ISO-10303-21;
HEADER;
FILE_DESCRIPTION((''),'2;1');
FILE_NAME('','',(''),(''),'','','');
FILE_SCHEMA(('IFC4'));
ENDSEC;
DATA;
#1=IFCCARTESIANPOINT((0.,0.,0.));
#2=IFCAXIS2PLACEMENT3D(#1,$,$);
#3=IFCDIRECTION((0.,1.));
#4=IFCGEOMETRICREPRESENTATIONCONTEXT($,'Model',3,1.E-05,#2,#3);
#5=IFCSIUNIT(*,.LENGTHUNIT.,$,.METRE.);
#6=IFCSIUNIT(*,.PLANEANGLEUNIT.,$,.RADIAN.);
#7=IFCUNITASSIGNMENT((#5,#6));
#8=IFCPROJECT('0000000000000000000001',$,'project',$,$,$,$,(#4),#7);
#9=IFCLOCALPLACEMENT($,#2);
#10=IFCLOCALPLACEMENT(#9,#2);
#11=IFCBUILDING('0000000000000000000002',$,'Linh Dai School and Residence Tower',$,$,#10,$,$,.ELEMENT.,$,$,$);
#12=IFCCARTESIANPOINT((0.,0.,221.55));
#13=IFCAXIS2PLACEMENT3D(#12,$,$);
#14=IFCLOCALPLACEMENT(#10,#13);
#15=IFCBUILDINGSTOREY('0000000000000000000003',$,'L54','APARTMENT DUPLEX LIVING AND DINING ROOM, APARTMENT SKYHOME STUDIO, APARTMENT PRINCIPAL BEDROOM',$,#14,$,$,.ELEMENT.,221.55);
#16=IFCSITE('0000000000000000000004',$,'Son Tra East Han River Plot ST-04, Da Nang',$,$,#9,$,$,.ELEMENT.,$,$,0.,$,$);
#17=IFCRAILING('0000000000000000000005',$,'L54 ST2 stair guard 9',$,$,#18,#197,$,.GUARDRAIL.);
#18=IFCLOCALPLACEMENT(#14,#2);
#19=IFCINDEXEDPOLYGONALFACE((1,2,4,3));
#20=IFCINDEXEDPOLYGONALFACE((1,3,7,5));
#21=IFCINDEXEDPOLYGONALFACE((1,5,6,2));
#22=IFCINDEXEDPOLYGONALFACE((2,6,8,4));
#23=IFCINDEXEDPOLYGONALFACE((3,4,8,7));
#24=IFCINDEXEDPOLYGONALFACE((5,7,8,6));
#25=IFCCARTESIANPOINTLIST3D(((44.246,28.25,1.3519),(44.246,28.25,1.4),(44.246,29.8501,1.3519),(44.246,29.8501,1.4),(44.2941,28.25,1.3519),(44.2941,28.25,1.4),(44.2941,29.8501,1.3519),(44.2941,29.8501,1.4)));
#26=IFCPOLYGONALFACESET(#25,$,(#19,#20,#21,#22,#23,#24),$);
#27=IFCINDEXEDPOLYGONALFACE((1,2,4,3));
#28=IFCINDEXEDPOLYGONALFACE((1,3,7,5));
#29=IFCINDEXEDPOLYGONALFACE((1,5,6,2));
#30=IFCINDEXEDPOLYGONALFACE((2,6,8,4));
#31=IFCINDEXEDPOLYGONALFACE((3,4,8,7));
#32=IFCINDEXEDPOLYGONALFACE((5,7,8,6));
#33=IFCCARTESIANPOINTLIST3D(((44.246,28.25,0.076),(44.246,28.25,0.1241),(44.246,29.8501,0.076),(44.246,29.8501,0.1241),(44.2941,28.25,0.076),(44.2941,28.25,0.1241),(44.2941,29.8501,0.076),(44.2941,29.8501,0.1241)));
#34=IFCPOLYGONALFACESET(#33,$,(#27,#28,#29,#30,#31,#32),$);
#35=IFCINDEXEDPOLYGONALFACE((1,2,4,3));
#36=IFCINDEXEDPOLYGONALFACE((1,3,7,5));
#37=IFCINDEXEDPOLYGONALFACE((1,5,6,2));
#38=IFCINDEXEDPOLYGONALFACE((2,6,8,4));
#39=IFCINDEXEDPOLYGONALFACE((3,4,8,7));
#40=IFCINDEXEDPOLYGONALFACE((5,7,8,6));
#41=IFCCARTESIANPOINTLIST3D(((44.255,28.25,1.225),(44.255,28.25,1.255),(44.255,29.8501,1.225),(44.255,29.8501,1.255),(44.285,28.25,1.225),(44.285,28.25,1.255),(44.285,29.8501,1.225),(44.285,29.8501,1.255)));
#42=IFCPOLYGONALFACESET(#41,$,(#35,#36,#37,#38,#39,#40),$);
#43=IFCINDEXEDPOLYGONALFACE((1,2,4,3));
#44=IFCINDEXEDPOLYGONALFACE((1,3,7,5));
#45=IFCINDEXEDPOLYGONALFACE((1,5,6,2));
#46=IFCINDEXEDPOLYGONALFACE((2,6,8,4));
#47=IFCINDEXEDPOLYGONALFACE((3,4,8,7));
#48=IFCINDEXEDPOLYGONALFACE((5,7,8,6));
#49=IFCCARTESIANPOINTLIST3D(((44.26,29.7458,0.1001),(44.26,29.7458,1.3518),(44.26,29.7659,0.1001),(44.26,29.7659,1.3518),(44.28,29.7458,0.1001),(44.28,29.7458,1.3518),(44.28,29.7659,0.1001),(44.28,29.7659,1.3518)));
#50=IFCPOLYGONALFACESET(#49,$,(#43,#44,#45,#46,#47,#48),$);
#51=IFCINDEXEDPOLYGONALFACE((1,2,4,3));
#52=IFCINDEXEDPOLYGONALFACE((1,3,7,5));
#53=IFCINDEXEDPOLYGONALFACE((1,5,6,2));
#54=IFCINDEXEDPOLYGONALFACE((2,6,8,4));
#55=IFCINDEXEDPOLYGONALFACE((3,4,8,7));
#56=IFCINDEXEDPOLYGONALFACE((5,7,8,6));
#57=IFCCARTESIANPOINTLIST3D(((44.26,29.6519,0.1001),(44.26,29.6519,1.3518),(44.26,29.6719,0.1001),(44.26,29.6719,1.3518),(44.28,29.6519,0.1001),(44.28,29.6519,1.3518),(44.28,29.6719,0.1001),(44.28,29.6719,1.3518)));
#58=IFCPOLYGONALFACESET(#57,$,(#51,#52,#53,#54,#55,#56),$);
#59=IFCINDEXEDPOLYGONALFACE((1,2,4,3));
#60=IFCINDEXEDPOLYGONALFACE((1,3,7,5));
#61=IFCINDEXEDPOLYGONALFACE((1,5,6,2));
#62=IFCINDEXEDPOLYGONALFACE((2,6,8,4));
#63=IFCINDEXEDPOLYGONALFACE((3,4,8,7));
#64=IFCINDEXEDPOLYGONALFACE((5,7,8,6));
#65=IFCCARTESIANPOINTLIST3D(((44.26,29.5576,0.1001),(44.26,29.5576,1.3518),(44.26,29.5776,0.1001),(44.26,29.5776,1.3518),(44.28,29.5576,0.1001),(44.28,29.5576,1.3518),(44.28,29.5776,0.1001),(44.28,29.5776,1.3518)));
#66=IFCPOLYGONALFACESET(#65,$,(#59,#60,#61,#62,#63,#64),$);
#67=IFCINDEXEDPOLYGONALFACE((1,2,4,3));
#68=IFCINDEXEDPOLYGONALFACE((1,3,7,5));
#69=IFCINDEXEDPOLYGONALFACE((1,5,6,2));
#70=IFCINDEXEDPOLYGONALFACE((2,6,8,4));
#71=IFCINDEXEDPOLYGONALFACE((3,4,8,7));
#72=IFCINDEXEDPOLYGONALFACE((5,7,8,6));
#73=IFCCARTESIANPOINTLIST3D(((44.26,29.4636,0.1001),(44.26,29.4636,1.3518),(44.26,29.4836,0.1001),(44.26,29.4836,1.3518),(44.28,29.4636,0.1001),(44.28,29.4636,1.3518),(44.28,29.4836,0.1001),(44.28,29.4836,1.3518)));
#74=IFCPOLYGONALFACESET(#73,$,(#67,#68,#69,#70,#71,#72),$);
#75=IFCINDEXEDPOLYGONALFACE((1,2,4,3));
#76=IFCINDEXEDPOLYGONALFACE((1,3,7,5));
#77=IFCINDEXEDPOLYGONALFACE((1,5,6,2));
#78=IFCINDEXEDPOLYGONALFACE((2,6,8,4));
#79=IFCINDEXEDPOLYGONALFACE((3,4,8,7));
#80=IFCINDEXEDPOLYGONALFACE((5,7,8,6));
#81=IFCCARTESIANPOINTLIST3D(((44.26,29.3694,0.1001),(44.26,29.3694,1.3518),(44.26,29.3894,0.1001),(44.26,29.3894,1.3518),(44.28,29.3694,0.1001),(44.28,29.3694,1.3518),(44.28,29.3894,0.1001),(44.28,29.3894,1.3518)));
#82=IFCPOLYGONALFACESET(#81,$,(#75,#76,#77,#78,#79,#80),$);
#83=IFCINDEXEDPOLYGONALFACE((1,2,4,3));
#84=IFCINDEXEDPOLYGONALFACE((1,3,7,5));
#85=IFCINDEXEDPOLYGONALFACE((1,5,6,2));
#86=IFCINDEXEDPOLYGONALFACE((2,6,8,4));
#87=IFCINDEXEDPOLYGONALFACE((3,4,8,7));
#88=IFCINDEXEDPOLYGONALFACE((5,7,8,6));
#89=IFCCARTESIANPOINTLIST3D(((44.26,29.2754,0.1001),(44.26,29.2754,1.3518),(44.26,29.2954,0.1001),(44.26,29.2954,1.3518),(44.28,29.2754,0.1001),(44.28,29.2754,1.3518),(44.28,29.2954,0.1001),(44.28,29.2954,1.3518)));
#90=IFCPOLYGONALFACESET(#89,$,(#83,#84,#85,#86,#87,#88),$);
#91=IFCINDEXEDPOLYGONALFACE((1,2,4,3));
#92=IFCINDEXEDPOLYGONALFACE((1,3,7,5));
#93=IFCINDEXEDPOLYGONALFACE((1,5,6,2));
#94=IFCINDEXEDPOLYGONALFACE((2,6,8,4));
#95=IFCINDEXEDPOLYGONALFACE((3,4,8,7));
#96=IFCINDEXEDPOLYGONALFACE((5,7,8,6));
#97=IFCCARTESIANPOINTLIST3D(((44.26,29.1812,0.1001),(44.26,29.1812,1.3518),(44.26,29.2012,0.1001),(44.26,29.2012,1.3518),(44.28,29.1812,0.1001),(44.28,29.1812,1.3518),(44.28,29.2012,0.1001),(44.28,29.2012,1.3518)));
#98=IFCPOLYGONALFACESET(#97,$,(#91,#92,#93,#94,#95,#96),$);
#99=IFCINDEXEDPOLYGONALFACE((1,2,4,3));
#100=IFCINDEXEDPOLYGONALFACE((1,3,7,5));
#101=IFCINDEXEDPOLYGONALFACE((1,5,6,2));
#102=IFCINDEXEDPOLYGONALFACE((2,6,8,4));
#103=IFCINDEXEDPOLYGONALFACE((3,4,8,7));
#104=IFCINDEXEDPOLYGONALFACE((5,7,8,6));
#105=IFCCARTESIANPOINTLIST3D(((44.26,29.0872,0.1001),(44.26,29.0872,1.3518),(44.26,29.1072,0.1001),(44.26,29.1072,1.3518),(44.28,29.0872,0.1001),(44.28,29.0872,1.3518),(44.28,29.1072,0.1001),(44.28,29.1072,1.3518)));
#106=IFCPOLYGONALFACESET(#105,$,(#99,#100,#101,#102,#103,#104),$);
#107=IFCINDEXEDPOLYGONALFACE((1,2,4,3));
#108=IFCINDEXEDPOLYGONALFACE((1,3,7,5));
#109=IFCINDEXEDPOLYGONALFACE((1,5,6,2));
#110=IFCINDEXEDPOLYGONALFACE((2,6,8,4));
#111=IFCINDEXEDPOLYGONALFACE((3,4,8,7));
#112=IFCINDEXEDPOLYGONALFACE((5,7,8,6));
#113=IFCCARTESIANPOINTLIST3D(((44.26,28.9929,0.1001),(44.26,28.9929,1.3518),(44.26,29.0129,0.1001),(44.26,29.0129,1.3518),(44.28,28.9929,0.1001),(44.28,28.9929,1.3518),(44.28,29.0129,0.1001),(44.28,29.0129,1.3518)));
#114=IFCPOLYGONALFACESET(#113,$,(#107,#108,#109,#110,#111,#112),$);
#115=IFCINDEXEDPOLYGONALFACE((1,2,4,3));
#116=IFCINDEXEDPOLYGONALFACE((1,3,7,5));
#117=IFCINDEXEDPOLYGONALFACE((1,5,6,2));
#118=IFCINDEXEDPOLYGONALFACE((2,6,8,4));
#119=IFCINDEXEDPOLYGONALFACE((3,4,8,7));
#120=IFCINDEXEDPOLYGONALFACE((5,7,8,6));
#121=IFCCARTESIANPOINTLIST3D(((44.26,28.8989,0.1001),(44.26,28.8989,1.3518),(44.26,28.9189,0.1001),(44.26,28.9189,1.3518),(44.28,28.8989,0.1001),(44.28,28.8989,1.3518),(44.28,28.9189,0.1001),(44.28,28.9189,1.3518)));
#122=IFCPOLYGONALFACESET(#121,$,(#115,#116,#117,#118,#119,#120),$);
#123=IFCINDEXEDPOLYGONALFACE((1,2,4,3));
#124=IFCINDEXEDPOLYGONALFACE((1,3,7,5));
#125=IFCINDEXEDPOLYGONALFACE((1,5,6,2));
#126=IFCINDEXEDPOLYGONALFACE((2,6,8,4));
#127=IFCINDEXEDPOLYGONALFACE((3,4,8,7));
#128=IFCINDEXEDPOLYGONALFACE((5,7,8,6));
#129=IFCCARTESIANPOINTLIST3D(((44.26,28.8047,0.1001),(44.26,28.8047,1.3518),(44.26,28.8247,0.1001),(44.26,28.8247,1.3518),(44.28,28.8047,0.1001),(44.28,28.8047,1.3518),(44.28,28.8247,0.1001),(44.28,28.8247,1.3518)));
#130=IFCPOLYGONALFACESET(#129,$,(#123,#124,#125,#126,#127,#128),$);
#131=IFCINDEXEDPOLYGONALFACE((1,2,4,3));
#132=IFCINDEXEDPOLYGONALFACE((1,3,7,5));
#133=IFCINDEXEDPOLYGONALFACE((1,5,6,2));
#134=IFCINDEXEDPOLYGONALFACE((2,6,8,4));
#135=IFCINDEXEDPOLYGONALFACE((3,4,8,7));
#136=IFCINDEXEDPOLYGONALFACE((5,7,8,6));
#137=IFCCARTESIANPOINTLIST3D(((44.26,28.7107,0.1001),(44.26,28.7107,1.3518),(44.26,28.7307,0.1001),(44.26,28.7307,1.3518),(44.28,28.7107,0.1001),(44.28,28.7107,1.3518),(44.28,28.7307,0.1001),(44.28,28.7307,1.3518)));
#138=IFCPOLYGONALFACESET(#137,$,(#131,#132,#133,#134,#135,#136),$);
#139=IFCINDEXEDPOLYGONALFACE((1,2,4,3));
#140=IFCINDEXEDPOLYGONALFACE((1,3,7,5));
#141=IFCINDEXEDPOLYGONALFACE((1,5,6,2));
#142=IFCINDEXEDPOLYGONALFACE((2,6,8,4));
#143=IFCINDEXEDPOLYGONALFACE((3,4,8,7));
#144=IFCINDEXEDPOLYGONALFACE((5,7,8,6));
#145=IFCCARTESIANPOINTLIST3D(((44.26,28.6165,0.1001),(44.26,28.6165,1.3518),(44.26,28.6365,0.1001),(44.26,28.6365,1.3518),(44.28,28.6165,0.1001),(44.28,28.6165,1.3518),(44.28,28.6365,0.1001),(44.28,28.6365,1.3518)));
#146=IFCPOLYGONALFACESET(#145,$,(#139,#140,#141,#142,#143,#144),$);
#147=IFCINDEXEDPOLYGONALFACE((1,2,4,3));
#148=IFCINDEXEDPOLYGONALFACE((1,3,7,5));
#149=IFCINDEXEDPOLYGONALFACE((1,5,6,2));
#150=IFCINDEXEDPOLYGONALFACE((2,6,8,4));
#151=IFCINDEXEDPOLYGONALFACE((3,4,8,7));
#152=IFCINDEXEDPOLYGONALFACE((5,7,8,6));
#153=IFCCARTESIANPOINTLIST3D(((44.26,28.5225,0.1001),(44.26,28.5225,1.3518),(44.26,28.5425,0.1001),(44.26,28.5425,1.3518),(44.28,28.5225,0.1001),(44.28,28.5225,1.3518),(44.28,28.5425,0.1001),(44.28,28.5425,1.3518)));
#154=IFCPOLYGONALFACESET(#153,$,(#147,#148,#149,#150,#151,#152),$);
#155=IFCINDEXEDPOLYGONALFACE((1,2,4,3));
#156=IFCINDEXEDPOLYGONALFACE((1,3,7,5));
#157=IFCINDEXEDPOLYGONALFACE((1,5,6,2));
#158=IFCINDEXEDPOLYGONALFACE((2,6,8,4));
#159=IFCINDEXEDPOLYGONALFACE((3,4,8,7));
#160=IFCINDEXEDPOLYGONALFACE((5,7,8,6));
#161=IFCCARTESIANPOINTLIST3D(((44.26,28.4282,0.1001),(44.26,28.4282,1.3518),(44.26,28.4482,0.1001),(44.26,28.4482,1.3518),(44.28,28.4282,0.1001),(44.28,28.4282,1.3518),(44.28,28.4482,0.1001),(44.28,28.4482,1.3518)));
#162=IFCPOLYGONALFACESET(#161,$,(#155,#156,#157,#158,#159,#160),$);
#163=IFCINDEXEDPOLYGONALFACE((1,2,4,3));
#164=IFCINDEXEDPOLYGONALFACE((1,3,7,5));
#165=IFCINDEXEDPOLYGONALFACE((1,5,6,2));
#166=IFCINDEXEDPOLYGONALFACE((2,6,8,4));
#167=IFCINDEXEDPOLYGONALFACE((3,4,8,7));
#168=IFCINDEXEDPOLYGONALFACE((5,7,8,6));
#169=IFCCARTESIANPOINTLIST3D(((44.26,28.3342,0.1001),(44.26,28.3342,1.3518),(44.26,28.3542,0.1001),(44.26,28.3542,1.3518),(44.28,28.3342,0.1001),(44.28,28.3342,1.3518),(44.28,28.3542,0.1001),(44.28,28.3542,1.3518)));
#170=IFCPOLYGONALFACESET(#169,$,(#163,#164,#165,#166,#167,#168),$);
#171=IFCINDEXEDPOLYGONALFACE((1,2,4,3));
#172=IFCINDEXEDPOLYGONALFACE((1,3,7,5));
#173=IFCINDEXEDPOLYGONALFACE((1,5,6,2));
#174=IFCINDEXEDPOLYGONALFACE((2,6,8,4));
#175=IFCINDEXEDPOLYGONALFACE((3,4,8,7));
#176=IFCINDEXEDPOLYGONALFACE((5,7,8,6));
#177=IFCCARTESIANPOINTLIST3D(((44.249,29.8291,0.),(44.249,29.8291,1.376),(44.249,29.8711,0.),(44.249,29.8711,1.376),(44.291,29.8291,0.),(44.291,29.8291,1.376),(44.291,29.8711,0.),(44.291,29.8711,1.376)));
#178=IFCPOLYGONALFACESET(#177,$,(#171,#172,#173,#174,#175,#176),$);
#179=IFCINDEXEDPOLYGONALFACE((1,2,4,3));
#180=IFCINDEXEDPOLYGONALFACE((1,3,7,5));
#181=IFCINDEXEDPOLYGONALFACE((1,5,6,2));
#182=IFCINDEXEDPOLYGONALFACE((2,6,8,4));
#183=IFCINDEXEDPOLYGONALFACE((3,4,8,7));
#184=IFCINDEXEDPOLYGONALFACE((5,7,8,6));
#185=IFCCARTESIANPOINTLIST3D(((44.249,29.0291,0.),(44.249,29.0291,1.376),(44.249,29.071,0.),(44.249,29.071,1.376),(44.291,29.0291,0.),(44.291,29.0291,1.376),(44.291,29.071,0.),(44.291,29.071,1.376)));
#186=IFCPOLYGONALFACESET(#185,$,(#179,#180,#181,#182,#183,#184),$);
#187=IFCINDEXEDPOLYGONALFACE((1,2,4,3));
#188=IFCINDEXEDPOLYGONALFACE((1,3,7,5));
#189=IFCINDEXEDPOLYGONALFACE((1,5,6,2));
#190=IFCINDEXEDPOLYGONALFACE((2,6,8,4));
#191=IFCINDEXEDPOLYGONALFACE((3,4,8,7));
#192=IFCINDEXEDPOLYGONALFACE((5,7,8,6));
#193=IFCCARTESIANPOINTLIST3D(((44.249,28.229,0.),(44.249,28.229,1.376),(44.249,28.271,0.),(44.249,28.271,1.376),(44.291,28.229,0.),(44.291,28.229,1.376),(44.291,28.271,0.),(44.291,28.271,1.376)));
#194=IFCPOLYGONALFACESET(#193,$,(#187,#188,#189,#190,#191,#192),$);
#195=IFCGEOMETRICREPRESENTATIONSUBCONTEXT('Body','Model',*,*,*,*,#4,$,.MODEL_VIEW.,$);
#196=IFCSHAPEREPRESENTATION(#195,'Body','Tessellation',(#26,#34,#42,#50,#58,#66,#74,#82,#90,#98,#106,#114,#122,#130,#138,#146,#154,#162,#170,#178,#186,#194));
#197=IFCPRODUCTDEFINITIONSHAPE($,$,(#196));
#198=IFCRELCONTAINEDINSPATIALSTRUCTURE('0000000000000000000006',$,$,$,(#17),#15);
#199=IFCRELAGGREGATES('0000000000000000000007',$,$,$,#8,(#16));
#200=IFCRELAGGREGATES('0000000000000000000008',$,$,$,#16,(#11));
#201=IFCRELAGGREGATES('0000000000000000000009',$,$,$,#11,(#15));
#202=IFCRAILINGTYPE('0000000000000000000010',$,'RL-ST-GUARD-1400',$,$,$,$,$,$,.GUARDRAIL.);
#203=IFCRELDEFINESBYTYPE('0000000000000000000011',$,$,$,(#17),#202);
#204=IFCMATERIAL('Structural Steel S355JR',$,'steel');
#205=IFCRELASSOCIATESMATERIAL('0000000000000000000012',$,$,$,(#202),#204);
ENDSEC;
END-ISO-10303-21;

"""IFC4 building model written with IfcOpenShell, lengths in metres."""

from ifc_helpers import new_model, si_unit, direction, frame, origin, origin_2d, place, context, subcontext, project, spatial, rectangle, extrude, source, transform, mapped, material, type_object, element, save


model = new_model("IFC4")

# Units and contexts
model_context = context("Model", 3, precision=1e-05, world=origin(), true_north=direction((0.0, 1.0)))
body_context = subcontext(model_context, "Body", "Model", "MODEL_VIEW")
ifc_project = project(units=[si_unit("LENGTHUNIT", "METRE"), si_unit("PLANEANGLEUNIT", "RADIAN")], contexts=[model_context])

# Site, building, storey
site_placement = place(None, origin())
site = spatial("IfcSite", under=ifc_project, at=site_placement, Name="Son Tra East Han River Plot ST-04, Da Nang", CompositionType="ELEMENT", RefElevation=0.0)
building_placement = place(site_placement, origin())
building = spatial("IfcBuilding", under=site, at=building_placement, Name="Linh Dai School and Residence Tower", CompositionType="ELEMENT")
storey_placement = place(building_placement, frame((0.0, 0.0, 221.55)))
storey = spatial("IfcBuildingStorey", under=building, at=storey_placement, Name="L54", Description="APARTMENT DUPLEX LIVING AND DINING ROOM, APARTMENT SKYHOME STUDIO, APARTMENT PRINCIPAL BEDROOM", CompositionType="ELEMENT", Elevation=221.55)

# Shared definitions
ifc_material_1 = material(Name="Structural Steel S355JR", Category="steel")

# Railing
railing_type_1 = type_object("IfcRailingType", Name="RL-ST-GUARD-1400", PredefinedType="GUARDRAIL", material=ifc_material_1)
shared_shape_1 = source(origin(), body_context, "Body", "SweptSolid", [
    extrude(rectangle(XDim=0.0481, YDim=0.0481, at=origin_2d()), frame((0.0, 0.0, 1.376), z_axis=(0.0, -1.0, 0.0), x_axis=(1.0, 0.0, 0.0)), (0.0, 0.0, 1.0), 1.6001),
    extrude(rectangle(XDim=0.0481, YDim=0.0481, at=origin_2d()), frame((0.0, 0.0, 0.1001), z_axis=(0.0, -1.0, 0.0), x_axis=(1.0, 0.0, 0.0)), (0.0, 0.0, 1.0), 1.6001),
    extrude(rectangle(XDim=0.03, YDim=0.03, at=origin_2d()), frame((0.0, 0.0, 1.24), z_axis=(0.0, -1.0, 0.0), x_axis=(1.0, 0.0, 0.0)), (0.0, 0.0, 1.0), 1.6001),
    extrude(rectangle(XDim=0.02, YDim=0.02, at=origin_2d()), frame((0.0, -0.0942, 0.1001)), (0.0, 0.0, 1.0), 1.2517),
    extrude(rectangle(XDim=0.02, YDim=0.02, at=origin_2d()), frame((0.0, -0.1882, 0.1001)), (0.0, 0.0, 1.0), 1.2517),
    extrude(rectangle(XDim=0.02, YDim=0.02, at=origin_2d()), frame((0.0, -0.2825, 0.1001)), (0.0, 0.0, 1.0), 1.2517),
    extrude(rectangle(XDim=0.02, YDim=0.02, at=origin_2d()), frame((0.0, -0.3765, 0.1001)), (0.0, 0.0, 1.0), 1.2517),
    extrude(rectangle(XDim=0.02, YDim=0.02, at=origin_2d()), frame((0.0, -0.4707, 0.1001)), (0.0, 0.0, 1.0), 1.2517),
    extrude(rectangle(XDim=0.02, YDim=0.02, at=origin_2d()), frame((0.0, -0.5647, 0.1001)), (0.0, 0.0, 1.0), 1.2517),
    extrude(rectangle(XDim=0.02, YDim=0.02, at=origin_2d()), frame((0.0, -0.6589, 0.1001)), (0.0, 0.0, 1.0), 1.2517),
    extrude(rectangle(XDim=0.02, YDim=0.02, at=origin_2d()), frame((0.0, -0.7529, 0.1001)), (0.0, 0.0, 1.0), 1.2517),
    extrude(rectangle(XDim=0.02, YDim=0.02, at=origin_2d()), frame((0.0, -0.8472, 0.1001)), (0.0, 0.0, 1.0), 1.2517),
    extrude(rectangle(XDim=0.02, YDim=0.02, at=origin_2d()), frame((0.0, -0.9412, 0.1001)), (0.0, 0.0, 1.0), 1.2517),
    extrude(rectangle(XDim=0.02, YDim=0.02, at=origin_2d()), frame((0.0, -1.0354, 0.1001)), (0.0, 0.0, 1.0), 1.2517),
    extrude(rectangle(XDim=0.02, YDim=0.02, at=origin_2d()), frame((0.0, -1.1294, 0.1001)), (0.0, 0.0, 1.0), 1.2517),
    extrude(rectangle(XDim=0.02, YDim=0.02, at=origin_2d()), frame((0.0, -1.2236, 0.1001)), (0.0, 0.0, 1.0), 1.2517),
    extrude(rectangle(XDim=0.02, YDim=0.02, at=origin_2d()), frame((0.0, -1.3176, 0.1001)), (0.0, 0.0, 1.0), 1.2517),
    extrude(rectangle(XDim=0.02, YDim=0.02, at=origin_2d()), frame((0.0, -1.4119, 0.1001)), (0.0, 0.0, 1.0), 1.2517),
    extrude(rectangle(XDim=0.02, YDim=0.02, at=origin_2d()), frame((0.0, -1.5059, 0.1001)), (0.0, 0.0, 1.0), 1.2517),
    extrude(rectangle(XDim=0.042, YDim=0.042, at=origin_2d()), origin(), (0.0, 0.0, 1.0), 1.376),
    extrude(rectangle(XDim=0.042, YDim=0.042, at=origin_2d()), frame((0.0, -0.8, 0.0)), (0.0, 0.0, 1.0), 1.376),
    extrude(rectangle(XDim=0.042, YDim=0.042, at=origin_2d()), frame((0.0, -1.6001, 0.0)), (0.0, 0.0, 1.0), 1.376),
])
for number, where, name in (
    (1, (44.27, 29.8501, 0.0), "L54 ST2 stair guard 9"),
):
    element("IfcRailing", number, at=place(storey_placement, frame(where)), inside=storey, type_object=railing_type_1, Name=name, PredefinedType="GUARDRAIL", context=body_context, shape_type="MappedRepresentation", body=[
        mapped(shared_shape_1, transform((0.0, 0.0, 0.0), x_axis=(1.0, 0.0, 0.0), y_axis=(0.0, 1.0, 0.0), z_axis=(0.0, 0.0, 1.0), scale=1.0)),
    ])

save(model, "model.ifc")
